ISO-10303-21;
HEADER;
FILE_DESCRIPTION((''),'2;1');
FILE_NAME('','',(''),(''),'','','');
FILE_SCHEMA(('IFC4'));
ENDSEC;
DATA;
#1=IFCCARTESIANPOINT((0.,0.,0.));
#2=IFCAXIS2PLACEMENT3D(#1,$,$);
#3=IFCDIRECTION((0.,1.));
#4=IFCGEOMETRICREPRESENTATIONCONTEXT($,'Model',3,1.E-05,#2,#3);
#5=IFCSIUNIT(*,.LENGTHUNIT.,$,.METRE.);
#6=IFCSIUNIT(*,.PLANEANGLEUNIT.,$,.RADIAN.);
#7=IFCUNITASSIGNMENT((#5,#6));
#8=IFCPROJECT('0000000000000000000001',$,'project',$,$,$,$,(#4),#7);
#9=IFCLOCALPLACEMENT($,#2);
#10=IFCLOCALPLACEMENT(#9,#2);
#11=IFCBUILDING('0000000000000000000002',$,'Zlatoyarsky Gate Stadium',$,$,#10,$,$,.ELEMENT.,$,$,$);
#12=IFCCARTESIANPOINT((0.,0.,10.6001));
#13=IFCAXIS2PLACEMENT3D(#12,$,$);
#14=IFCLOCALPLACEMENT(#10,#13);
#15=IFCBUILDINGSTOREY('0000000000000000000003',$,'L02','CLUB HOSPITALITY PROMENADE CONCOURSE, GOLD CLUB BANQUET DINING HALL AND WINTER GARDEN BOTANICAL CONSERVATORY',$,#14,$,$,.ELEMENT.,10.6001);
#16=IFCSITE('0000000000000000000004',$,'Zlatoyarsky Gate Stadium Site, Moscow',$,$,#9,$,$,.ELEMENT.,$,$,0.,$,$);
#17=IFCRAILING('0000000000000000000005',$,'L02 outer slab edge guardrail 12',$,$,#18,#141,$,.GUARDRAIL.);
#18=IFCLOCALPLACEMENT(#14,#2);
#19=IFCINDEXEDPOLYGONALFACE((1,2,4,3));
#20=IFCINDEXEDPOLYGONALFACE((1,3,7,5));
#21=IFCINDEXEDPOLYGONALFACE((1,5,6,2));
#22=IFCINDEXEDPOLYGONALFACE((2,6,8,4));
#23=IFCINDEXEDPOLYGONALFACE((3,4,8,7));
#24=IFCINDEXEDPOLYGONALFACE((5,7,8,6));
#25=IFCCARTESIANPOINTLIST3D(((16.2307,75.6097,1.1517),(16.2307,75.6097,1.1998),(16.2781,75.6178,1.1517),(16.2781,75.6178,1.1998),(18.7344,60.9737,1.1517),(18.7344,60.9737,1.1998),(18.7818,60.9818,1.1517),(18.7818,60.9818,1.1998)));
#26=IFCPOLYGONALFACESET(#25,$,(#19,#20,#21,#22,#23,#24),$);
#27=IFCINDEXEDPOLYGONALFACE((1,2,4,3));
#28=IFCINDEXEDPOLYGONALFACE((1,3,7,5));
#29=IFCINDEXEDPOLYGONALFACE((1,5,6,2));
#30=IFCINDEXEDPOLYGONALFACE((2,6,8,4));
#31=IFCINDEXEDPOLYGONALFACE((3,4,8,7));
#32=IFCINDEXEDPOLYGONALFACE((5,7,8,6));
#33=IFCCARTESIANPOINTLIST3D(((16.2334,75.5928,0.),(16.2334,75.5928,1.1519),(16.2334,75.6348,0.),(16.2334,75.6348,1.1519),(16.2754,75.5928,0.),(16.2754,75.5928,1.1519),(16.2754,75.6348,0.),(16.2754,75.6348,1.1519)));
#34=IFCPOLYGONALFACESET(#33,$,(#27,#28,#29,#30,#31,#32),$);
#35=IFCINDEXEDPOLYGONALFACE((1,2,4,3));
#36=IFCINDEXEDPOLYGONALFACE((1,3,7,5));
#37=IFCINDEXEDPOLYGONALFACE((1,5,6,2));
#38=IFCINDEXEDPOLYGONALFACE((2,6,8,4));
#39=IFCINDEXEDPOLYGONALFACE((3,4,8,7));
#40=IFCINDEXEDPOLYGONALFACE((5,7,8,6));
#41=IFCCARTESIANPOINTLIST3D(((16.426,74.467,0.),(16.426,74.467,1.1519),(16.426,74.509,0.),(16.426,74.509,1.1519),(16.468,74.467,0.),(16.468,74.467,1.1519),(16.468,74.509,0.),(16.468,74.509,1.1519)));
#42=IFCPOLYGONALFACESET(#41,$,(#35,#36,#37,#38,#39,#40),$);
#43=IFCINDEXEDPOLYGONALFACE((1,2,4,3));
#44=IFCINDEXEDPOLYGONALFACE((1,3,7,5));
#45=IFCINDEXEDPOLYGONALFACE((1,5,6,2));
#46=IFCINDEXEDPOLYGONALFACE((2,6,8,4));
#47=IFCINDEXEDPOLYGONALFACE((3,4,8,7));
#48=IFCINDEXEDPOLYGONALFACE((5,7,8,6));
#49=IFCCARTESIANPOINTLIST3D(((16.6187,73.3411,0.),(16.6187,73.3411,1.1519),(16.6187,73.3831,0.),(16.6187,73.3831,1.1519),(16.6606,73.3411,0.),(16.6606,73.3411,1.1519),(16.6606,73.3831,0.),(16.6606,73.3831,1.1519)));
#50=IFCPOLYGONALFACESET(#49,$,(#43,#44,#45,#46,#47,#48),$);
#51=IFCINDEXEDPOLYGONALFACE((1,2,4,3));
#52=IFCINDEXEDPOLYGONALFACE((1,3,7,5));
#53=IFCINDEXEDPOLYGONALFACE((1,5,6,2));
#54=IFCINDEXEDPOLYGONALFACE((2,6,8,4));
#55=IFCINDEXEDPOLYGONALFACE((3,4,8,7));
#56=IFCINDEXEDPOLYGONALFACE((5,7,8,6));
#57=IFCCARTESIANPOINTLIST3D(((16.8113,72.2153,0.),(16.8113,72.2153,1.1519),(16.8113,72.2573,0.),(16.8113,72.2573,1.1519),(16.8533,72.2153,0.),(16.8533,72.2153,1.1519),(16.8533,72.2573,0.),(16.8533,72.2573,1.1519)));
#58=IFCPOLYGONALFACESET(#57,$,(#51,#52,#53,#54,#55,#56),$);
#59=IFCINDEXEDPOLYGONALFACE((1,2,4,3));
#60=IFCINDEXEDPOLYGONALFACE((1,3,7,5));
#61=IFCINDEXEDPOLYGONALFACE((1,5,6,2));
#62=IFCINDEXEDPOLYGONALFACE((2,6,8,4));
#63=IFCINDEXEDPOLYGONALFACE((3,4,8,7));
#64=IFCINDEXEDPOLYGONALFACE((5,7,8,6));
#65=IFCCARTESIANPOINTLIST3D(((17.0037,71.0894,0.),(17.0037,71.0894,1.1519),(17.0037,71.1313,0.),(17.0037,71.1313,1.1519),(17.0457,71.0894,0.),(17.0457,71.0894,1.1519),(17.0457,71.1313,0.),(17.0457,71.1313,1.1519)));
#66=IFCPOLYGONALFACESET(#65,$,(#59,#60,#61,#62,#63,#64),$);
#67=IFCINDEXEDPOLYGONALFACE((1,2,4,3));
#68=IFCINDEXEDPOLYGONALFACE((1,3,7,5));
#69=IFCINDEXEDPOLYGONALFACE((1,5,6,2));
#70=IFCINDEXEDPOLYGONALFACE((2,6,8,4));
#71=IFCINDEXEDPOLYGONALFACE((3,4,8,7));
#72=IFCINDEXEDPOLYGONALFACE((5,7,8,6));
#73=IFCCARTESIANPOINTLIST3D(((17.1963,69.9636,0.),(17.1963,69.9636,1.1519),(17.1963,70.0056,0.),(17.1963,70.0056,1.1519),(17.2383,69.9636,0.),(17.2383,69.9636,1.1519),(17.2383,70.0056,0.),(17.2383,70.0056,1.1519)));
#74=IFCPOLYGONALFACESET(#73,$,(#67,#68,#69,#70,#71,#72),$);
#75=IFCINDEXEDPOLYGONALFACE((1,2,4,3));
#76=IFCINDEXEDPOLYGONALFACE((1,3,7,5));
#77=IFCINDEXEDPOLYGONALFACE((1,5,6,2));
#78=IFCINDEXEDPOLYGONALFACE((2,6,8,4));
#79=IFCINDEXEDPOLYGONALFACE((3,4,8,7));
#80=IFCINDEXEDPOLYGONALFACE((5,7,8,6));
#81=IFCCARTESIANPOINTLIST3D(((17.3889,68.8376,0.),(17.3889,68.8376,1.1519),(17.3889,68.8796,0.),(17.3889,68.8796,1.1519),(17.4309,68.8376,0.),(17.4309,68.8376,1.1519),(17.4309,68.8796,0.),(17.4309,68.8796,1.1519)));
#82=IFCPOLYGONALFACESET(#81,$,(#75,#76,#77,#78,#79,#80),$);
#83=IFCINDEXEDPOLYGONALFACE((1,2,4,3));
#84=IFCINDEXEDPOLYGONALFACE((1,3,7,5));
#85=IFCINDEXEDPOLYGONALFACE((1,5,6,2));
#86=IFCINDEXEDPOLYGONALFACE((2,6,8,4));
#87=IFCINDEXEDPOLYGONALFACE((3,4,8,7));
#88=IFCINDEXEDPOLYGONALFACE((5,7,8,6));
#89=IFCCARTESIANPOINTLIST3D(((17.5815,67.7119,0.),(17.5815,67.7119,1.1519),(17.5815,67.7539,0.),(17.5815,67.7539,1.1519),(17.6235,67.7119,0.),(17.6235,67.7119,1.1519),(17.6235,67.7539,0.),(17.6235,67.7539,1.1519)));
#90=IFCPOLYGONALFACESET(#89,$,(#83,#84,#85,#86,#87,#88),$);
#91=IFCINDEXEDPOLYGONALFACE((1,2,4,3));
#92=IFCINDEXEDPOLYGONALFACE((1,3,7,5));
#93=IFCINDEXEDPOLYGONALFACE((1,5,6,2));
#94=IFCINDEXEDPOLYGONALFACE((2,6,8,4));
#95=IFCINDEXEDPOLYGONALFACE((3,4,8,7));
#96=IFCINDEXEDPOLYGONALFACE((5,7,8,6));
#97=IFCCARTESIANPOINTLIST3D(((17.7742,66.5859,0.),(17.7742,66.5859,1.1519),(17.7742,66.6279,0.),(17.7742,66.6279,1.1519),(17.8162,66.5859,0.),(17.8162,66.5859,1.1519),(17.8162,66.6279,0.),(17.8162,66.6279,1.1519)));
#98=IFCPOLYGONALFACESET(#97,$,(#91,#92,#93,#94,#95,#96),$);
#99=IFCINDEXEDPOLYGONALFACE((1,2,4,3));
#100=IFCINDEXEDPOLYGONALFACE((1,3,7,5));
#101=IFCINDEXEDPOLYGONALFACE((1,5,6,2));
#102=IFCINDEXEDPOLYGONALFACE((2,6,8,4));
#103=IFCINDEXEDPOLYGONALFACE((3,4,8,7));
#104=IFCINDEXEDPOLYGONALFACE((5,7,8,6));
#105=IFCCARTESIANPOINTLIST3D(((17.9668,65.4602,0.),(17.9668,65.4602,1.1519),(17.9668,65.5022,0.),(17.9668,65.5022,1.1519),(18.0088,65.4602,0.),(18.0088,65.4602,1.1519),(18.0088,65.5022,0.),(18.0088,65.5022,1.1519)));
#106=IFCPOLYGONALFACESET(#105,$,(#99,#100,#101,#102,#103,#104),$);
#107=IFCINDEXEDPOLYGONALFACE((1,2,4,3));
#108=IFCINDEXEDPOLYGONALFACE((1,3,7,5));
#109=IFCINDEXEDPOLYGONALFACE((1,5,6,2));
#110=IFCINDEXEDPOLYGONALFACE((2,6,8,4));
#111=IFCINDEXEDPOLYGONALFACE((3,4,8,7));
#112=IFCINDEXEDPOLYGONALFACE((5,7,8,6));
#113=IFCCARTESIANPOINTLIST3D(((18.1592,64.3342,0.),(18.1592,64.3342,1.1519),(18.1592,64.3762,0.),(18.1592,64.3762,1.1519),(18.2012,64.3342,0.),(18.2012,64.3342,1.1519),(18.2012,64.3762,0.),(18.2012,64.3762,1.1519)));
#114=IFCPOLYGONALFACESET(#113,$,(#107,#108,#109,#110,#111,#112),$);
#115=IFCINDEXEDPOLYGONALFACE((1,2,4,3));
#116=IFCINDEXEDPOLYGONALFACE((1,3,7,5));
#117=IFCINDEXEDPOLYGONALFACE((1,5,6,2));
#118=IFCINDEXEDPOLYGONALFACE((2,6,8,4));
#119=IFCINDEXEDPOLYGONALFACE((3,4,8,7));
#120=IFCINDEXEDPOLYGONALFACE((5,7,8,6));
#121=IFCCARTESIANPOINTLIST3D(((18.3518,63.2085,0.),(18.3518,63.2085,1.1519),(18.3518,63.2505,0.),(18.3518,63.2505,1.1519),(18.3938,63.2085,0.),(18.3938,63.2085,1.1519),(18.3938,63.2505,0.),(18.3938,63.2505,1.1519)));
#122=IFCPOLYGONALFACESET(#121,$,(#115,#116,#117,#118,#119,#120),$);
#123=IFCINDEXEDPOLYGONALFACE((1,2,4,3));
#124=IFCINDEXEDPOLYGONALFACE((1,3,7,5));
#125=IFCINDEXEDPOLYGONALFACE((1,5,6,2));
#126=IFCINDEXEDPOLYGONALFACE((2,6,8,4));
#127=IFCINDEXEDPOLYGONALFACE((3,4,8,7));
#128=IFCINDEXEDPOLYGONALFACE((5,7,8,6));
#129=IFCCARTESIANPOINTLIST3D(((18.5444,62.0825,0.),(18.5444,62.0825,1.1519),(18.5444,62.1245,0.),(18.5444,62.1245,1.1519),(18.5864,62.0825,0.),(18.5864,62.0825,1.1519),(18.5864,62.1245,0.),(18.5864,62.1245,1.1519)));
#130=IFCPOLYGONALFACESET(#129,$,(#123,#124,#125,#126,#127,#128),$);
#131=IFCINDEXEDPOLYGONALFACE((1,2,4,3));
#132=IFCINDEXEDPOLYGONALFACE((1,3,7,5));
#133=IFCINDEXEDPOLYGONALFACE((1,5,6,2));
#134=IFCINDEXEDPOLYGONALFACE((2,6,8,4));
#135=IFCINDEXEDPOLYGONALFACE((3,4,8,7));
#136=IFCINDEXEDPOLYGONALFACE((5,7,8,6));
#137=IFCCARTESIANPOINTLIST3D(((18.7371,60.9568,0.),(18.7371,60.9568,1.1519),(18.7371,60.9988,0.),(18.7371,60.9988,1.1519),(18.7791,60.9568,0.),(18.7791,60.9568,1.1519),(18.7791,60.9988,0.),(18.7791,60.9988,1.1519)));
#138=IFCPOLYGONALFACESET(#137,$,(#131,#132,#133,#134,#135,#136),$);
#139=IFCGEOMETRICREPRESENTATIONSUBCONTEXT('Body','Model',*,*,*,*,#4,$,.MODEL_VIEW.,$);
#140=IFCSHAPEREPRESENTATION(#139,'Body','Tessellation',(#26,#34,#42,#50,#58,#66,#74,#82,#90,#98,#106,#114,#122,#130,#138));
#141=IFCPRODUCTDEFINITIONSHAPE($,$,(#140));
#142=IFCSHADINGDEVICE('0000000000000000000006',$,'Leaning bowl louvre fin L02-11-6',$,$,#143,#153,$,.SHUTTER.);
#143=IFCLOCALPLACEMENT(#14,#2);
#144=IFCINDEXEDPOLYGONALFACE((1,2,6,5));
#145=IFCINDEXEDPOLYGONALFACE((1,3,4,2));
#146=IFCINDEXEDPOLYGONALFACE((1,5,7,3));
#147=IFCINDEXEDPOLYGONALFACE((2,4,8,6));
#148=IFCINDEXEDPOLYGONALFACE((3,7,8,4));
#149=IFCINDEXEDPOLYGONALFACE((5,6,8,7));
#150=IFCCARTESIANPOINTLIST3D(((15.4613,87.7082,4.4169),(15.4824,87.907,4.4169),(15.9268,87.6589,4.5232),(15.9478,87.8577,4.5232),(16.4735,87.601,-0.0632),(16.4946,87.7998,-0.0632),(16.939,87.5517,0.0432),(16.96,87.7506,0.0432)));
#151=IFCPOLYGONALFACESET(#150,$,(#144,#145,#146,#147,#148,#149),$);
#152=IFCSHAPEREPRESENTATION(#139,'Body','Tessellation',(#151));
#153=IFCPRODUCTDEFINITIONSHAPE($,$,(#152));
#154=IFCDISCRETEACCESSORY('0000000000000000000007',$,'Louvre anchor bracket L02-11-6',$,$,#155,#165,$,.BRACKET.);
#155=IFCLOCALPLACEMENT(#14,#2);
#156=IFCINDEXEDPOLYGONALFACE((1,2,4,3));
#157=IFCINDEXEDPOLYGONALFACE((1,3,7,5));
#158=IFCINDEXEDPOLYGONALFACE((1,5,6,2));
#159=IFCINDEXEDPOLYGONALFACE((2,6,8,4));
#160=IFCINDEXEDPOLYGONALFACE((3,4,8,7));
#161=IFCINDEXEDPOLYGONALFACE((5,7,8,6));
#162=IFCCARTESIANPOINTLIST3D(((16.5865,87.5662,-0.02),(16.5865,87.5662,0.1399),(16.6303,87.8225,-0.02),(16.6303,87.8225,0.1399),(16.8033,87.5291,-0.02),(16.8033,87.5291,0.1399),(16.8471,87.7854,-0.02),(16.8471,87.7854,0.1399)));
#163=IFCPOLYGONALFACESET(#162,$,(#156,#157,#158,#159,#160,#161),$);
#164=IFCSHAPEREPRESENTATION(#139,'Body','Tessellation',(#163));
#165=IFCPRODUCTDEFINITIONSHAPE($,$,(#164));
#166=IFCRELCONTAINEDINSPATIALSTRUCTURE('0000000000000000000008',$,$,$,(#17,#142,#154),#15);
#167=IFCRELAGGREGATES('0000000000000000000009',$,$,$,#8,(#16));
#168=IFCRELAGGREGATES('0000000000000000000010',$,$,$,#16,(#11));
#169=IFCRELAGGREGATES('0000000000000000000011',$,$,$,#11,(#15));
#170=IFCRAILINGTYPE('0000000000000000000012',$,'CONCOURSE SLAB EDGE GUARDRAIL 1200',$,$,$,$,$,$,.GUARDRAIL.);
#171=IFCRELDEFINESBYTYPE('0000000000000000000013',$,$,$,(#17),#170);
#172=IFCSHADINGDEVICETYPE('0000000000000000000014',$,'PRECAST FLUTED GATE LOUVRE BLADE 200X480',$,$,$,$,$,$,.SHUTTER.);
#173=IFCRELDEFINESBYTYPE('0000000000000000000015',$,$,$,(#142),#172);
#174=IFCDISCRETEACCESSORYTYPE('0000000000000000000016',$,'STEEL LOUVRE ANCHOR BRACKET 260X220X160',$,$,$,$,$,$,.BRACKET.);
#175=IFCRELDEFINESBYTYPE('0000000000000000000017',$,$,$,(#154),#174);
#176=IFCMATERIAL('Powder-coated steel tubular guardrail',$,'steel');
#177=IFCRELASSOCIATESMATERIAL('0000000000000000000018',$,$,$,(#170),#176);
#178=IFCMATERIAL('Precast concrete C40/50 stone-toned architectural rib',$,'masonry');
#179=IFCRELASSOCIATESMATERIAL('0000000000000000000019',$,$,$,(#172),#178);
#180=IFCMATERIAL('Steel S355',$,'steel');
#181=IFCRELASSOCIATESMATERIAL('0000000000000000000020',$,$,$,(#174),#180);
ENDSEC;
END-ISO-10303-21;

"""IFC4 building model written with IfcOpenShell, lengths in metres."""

from ifc_helpers import new_model, si_unit, direction, frame, origin, origin_2d, place, context, subcontext, project, spatial, rectangle, extrude, material, material_profile, profile_set, type_object, element, save


model = new_model("IFC4")

# Units and contexts
model_context = context("Model", 3, precision=1e-05, world=origin(), true_north=direction((0.0, 1.0)))
body_context = subcontext(model_context, "Body", "Model", "MODEL_VIEW")
ifc_project = project(units=[si_unit("LENGTHUNIT", "METRE"), si_unit("PLANEANGLEUNIT", "RADIAN")], contexts=[model_context])

# Site, building, storey
site_placement = place(None, origin())
site = spatial("IfcSite", under=ifc_project, at=site_placement, Name="Zlatoyarsky Gate Stadium Site, Moscow", CompositionType="ELEMENT", RefElevation=0.0)
building_placement = place(site_placement, origin())
building = spatial("IfcBuilding", under=site, at=building_placement, Name="Zlatoyarsky Gate Stadium", CompositionType="ELEMENT")
storey_placement = place(building_placement, frame((0.0, 0.0, 10.6001)))
storey = spatial("IfcBuildingStorey", under=building, at=storey_placement, Name="L02", Description="CLUB HOSPITALITY PROMENADE CONCOURSE, GOLD CLUB BANQUET DINING HALL AND WINTER GARDEN BOTANICAL CONSERVATORY", CompositionType="ELEMENT", Elevation=10.6001)

# Shared definitions
ifc_material_1 = material(Name="Steel S355", Category="steel")

# Railing
ifc_material_2 = material(Name="Powder-coated steel tubular guardrail", Category="steel")
railing_type = type_object("IfcRailingType", Name="CONCOURSE SLAB EDGE GUARDRAIL 1200", PredefinedType="GUARDRAIL", material=ifc_material_2)
railing_placement = place(storey_placement, frame((16.2544, 75.6138, 0.0)))
element("IfcRailing", 1, at=railing_placement, inside=storey, type_object=railing_type, Name="L02 outer slab edge guardrail 12", PredefinedType="GUARDRAIL", context=body_context, shape_type="SweptSolid", body=[
    extrude(rectangle(XDim=0.0481, YDim=0.0481, at=origin_2d()), frame((0.0, 0.0, 1.1758), z_axis=(0.168613, -0.985682, 0.0), x_axis=(0.985682, 0.168613, 0.0)), (0.0, 0.0, 1.0), 14.8486),
    extrude(rectangle(XDim=0.042, YDim=0.042, at=origin_2d()), origin(), (0.0, 0.0, 1.0), 1.1519),
    extrude(rectangle(XDim=0.042, YDim=0.042, at=origin_2d()), frame((0.1926, -1.1257, 0.0)), (0.0, 0.0, 1.0), 1.1519),
    extrude(rectangle(XDim=0.042, YDim=0.042, at=origin_2d()), frame((0.3853, -2.2517, 0.0)), (0.0, 0.0, 1.0), 1.1519),
    extrude(rectangle(XDim=0.042, YDim=0.042, at=origin_2d()), frame((0.5779, -3.3774, 0.0)), (0.0, 0.0, 1.0), 1.1519),
    extrude(rectangle(XDim=0.042, YDim=0.042, at=origin_2d()), frame((0.7703, -4.5034, 0.0)), (0.0, 0.0, 1.0), 1.1519),
    extrude(rectangle(XDim=0.042, YDim=0.042, at=origin_2d()), frame((0.9629, -5.6292, 0.0)), (0.0, 0.0, 1.0), 1.1519),
    extrude(rectangle(XDim=0.042, YDim=0.042, at=origin_2d()), frame((1.1555, -6.7551, 0.0)), (0.0, 0.0, 1.0), 1.1519),
    extrude(rectangle(XDim=0.042, YDim=0.042, at=origin_2d()), frame((1.3481, -7.8809, 0.0)), (0.0, 0.0, 1.0), 1.1519),
    extrude(rectangle(XDim=0.042, YDim=0.042, at=origin_2d()), frame((1.5408, -9.0068, 0.0)), (0.0, 0.0, 1.0), 1.1519),
    extrude(rectangle(XDim=0.042, YDim=0.042, at=origin_2d()), frame((1.7334, -10.1326, 0.0)), (0.0, 0.0, 1.0), 1.1519),
    extrude(rectangle(XDim=0.042, YDim=0.042, at=origin_2d()), frame((1.9258, -11.2585, 0.0)), (0.0, 0.0, 1.0), 1.1519),
    extrude(rectangle(XDim=0.042, YDim=0.042, at=origin_2d()), frame((2.1184, -12.3843, 0.0)), (0.0, 0.0, 1.0), 1.1519),
    extrude(rectangle(XDim=0.042, YDim=0.042, at=origin_2d()), frame((2.311, -13.5103, 0.0)), (0.0, 0.0, 1.0), 1.1519),
    extrude(rectangle(XDim=0.042, YDim=0.042, at=origin_2d()), frame((2.5037, -14.636, 0.0)), (0.0, 0.0, 1.0), 1.1519),
])

# Shading device
ifc_material_3 = material(Name="Precast concrete C40/50 stone-toned architectural rib", Category="masonry")
ifc_material_profile_1 = material_profile(ifc_material_3, rectangle(XDim=0.2, YDim=0.48, at=origin_2d()), Name="RIB 200X480")
ifc_profile_set_1 = profile_set([ifc_material_profile_1], Name="Precast concrete C40/50 stone-toned architectural rib")
shading_device_type = type_object("IfcShadingDeviceType", Name="PRECAST FLUTED GATE LOUVRE BLADE 200X480", PredefinedType="SHUTTER", material=ifc_profile_set_1)
shading_device_placement = place(storey_placement, frame((16.7168, 87.6758, -0.01), z_axis=(-0.220325, 0.023329, 0.975148), x_axis=(-0.105297, -0.994441, 0.0)))
element("IfcShadingDevice", 2, at=shading_device_placement, inside=storey, type_object=shading_device_type, Name="Leaning bowl louvre fin L02-11-6", PredefinedType="SHUTTER", context=body_context, shape_type="SweptSolid", body=[
    extrude(rectangle(XDim=0.2, YDim=0.48, at=origin_2d()), origin(), (0.0, 0.0, 1.0), 4.5942),
])

# Discrete accessory
discrete_accessory_type = type_object("IfcDiscreteAccessoryType", Name="STEEL LOUVRE ANCHOR BRACKET 260X220X160", PredefinedType="BRACKET", material=ifc_material_1)
discrete_accessory_placement = place(storey_placement, frame((16.7168, 87.6758, -0.02), z_axis=(0.0, 0.0, 1.0), x_axis=(-0.168563, -0.985691, 0.0)))
element("IfcDiscreteAccessory", 3, at=discrete_accessory_placement, inside=storey, type_object=discrete_accessory_type, Name="Louvre anchor bracket L02-11-6", PredefinedType="BRACKET", context=body_context, shape_type="SweptSolid", body=[
    extrude(rectangle(XDim=0.26, YDim=0.22, at=origin_2d()), origin(), (0.0, 0.0, 1.0), 0.1599),
])

save(model, "model.ifc")
